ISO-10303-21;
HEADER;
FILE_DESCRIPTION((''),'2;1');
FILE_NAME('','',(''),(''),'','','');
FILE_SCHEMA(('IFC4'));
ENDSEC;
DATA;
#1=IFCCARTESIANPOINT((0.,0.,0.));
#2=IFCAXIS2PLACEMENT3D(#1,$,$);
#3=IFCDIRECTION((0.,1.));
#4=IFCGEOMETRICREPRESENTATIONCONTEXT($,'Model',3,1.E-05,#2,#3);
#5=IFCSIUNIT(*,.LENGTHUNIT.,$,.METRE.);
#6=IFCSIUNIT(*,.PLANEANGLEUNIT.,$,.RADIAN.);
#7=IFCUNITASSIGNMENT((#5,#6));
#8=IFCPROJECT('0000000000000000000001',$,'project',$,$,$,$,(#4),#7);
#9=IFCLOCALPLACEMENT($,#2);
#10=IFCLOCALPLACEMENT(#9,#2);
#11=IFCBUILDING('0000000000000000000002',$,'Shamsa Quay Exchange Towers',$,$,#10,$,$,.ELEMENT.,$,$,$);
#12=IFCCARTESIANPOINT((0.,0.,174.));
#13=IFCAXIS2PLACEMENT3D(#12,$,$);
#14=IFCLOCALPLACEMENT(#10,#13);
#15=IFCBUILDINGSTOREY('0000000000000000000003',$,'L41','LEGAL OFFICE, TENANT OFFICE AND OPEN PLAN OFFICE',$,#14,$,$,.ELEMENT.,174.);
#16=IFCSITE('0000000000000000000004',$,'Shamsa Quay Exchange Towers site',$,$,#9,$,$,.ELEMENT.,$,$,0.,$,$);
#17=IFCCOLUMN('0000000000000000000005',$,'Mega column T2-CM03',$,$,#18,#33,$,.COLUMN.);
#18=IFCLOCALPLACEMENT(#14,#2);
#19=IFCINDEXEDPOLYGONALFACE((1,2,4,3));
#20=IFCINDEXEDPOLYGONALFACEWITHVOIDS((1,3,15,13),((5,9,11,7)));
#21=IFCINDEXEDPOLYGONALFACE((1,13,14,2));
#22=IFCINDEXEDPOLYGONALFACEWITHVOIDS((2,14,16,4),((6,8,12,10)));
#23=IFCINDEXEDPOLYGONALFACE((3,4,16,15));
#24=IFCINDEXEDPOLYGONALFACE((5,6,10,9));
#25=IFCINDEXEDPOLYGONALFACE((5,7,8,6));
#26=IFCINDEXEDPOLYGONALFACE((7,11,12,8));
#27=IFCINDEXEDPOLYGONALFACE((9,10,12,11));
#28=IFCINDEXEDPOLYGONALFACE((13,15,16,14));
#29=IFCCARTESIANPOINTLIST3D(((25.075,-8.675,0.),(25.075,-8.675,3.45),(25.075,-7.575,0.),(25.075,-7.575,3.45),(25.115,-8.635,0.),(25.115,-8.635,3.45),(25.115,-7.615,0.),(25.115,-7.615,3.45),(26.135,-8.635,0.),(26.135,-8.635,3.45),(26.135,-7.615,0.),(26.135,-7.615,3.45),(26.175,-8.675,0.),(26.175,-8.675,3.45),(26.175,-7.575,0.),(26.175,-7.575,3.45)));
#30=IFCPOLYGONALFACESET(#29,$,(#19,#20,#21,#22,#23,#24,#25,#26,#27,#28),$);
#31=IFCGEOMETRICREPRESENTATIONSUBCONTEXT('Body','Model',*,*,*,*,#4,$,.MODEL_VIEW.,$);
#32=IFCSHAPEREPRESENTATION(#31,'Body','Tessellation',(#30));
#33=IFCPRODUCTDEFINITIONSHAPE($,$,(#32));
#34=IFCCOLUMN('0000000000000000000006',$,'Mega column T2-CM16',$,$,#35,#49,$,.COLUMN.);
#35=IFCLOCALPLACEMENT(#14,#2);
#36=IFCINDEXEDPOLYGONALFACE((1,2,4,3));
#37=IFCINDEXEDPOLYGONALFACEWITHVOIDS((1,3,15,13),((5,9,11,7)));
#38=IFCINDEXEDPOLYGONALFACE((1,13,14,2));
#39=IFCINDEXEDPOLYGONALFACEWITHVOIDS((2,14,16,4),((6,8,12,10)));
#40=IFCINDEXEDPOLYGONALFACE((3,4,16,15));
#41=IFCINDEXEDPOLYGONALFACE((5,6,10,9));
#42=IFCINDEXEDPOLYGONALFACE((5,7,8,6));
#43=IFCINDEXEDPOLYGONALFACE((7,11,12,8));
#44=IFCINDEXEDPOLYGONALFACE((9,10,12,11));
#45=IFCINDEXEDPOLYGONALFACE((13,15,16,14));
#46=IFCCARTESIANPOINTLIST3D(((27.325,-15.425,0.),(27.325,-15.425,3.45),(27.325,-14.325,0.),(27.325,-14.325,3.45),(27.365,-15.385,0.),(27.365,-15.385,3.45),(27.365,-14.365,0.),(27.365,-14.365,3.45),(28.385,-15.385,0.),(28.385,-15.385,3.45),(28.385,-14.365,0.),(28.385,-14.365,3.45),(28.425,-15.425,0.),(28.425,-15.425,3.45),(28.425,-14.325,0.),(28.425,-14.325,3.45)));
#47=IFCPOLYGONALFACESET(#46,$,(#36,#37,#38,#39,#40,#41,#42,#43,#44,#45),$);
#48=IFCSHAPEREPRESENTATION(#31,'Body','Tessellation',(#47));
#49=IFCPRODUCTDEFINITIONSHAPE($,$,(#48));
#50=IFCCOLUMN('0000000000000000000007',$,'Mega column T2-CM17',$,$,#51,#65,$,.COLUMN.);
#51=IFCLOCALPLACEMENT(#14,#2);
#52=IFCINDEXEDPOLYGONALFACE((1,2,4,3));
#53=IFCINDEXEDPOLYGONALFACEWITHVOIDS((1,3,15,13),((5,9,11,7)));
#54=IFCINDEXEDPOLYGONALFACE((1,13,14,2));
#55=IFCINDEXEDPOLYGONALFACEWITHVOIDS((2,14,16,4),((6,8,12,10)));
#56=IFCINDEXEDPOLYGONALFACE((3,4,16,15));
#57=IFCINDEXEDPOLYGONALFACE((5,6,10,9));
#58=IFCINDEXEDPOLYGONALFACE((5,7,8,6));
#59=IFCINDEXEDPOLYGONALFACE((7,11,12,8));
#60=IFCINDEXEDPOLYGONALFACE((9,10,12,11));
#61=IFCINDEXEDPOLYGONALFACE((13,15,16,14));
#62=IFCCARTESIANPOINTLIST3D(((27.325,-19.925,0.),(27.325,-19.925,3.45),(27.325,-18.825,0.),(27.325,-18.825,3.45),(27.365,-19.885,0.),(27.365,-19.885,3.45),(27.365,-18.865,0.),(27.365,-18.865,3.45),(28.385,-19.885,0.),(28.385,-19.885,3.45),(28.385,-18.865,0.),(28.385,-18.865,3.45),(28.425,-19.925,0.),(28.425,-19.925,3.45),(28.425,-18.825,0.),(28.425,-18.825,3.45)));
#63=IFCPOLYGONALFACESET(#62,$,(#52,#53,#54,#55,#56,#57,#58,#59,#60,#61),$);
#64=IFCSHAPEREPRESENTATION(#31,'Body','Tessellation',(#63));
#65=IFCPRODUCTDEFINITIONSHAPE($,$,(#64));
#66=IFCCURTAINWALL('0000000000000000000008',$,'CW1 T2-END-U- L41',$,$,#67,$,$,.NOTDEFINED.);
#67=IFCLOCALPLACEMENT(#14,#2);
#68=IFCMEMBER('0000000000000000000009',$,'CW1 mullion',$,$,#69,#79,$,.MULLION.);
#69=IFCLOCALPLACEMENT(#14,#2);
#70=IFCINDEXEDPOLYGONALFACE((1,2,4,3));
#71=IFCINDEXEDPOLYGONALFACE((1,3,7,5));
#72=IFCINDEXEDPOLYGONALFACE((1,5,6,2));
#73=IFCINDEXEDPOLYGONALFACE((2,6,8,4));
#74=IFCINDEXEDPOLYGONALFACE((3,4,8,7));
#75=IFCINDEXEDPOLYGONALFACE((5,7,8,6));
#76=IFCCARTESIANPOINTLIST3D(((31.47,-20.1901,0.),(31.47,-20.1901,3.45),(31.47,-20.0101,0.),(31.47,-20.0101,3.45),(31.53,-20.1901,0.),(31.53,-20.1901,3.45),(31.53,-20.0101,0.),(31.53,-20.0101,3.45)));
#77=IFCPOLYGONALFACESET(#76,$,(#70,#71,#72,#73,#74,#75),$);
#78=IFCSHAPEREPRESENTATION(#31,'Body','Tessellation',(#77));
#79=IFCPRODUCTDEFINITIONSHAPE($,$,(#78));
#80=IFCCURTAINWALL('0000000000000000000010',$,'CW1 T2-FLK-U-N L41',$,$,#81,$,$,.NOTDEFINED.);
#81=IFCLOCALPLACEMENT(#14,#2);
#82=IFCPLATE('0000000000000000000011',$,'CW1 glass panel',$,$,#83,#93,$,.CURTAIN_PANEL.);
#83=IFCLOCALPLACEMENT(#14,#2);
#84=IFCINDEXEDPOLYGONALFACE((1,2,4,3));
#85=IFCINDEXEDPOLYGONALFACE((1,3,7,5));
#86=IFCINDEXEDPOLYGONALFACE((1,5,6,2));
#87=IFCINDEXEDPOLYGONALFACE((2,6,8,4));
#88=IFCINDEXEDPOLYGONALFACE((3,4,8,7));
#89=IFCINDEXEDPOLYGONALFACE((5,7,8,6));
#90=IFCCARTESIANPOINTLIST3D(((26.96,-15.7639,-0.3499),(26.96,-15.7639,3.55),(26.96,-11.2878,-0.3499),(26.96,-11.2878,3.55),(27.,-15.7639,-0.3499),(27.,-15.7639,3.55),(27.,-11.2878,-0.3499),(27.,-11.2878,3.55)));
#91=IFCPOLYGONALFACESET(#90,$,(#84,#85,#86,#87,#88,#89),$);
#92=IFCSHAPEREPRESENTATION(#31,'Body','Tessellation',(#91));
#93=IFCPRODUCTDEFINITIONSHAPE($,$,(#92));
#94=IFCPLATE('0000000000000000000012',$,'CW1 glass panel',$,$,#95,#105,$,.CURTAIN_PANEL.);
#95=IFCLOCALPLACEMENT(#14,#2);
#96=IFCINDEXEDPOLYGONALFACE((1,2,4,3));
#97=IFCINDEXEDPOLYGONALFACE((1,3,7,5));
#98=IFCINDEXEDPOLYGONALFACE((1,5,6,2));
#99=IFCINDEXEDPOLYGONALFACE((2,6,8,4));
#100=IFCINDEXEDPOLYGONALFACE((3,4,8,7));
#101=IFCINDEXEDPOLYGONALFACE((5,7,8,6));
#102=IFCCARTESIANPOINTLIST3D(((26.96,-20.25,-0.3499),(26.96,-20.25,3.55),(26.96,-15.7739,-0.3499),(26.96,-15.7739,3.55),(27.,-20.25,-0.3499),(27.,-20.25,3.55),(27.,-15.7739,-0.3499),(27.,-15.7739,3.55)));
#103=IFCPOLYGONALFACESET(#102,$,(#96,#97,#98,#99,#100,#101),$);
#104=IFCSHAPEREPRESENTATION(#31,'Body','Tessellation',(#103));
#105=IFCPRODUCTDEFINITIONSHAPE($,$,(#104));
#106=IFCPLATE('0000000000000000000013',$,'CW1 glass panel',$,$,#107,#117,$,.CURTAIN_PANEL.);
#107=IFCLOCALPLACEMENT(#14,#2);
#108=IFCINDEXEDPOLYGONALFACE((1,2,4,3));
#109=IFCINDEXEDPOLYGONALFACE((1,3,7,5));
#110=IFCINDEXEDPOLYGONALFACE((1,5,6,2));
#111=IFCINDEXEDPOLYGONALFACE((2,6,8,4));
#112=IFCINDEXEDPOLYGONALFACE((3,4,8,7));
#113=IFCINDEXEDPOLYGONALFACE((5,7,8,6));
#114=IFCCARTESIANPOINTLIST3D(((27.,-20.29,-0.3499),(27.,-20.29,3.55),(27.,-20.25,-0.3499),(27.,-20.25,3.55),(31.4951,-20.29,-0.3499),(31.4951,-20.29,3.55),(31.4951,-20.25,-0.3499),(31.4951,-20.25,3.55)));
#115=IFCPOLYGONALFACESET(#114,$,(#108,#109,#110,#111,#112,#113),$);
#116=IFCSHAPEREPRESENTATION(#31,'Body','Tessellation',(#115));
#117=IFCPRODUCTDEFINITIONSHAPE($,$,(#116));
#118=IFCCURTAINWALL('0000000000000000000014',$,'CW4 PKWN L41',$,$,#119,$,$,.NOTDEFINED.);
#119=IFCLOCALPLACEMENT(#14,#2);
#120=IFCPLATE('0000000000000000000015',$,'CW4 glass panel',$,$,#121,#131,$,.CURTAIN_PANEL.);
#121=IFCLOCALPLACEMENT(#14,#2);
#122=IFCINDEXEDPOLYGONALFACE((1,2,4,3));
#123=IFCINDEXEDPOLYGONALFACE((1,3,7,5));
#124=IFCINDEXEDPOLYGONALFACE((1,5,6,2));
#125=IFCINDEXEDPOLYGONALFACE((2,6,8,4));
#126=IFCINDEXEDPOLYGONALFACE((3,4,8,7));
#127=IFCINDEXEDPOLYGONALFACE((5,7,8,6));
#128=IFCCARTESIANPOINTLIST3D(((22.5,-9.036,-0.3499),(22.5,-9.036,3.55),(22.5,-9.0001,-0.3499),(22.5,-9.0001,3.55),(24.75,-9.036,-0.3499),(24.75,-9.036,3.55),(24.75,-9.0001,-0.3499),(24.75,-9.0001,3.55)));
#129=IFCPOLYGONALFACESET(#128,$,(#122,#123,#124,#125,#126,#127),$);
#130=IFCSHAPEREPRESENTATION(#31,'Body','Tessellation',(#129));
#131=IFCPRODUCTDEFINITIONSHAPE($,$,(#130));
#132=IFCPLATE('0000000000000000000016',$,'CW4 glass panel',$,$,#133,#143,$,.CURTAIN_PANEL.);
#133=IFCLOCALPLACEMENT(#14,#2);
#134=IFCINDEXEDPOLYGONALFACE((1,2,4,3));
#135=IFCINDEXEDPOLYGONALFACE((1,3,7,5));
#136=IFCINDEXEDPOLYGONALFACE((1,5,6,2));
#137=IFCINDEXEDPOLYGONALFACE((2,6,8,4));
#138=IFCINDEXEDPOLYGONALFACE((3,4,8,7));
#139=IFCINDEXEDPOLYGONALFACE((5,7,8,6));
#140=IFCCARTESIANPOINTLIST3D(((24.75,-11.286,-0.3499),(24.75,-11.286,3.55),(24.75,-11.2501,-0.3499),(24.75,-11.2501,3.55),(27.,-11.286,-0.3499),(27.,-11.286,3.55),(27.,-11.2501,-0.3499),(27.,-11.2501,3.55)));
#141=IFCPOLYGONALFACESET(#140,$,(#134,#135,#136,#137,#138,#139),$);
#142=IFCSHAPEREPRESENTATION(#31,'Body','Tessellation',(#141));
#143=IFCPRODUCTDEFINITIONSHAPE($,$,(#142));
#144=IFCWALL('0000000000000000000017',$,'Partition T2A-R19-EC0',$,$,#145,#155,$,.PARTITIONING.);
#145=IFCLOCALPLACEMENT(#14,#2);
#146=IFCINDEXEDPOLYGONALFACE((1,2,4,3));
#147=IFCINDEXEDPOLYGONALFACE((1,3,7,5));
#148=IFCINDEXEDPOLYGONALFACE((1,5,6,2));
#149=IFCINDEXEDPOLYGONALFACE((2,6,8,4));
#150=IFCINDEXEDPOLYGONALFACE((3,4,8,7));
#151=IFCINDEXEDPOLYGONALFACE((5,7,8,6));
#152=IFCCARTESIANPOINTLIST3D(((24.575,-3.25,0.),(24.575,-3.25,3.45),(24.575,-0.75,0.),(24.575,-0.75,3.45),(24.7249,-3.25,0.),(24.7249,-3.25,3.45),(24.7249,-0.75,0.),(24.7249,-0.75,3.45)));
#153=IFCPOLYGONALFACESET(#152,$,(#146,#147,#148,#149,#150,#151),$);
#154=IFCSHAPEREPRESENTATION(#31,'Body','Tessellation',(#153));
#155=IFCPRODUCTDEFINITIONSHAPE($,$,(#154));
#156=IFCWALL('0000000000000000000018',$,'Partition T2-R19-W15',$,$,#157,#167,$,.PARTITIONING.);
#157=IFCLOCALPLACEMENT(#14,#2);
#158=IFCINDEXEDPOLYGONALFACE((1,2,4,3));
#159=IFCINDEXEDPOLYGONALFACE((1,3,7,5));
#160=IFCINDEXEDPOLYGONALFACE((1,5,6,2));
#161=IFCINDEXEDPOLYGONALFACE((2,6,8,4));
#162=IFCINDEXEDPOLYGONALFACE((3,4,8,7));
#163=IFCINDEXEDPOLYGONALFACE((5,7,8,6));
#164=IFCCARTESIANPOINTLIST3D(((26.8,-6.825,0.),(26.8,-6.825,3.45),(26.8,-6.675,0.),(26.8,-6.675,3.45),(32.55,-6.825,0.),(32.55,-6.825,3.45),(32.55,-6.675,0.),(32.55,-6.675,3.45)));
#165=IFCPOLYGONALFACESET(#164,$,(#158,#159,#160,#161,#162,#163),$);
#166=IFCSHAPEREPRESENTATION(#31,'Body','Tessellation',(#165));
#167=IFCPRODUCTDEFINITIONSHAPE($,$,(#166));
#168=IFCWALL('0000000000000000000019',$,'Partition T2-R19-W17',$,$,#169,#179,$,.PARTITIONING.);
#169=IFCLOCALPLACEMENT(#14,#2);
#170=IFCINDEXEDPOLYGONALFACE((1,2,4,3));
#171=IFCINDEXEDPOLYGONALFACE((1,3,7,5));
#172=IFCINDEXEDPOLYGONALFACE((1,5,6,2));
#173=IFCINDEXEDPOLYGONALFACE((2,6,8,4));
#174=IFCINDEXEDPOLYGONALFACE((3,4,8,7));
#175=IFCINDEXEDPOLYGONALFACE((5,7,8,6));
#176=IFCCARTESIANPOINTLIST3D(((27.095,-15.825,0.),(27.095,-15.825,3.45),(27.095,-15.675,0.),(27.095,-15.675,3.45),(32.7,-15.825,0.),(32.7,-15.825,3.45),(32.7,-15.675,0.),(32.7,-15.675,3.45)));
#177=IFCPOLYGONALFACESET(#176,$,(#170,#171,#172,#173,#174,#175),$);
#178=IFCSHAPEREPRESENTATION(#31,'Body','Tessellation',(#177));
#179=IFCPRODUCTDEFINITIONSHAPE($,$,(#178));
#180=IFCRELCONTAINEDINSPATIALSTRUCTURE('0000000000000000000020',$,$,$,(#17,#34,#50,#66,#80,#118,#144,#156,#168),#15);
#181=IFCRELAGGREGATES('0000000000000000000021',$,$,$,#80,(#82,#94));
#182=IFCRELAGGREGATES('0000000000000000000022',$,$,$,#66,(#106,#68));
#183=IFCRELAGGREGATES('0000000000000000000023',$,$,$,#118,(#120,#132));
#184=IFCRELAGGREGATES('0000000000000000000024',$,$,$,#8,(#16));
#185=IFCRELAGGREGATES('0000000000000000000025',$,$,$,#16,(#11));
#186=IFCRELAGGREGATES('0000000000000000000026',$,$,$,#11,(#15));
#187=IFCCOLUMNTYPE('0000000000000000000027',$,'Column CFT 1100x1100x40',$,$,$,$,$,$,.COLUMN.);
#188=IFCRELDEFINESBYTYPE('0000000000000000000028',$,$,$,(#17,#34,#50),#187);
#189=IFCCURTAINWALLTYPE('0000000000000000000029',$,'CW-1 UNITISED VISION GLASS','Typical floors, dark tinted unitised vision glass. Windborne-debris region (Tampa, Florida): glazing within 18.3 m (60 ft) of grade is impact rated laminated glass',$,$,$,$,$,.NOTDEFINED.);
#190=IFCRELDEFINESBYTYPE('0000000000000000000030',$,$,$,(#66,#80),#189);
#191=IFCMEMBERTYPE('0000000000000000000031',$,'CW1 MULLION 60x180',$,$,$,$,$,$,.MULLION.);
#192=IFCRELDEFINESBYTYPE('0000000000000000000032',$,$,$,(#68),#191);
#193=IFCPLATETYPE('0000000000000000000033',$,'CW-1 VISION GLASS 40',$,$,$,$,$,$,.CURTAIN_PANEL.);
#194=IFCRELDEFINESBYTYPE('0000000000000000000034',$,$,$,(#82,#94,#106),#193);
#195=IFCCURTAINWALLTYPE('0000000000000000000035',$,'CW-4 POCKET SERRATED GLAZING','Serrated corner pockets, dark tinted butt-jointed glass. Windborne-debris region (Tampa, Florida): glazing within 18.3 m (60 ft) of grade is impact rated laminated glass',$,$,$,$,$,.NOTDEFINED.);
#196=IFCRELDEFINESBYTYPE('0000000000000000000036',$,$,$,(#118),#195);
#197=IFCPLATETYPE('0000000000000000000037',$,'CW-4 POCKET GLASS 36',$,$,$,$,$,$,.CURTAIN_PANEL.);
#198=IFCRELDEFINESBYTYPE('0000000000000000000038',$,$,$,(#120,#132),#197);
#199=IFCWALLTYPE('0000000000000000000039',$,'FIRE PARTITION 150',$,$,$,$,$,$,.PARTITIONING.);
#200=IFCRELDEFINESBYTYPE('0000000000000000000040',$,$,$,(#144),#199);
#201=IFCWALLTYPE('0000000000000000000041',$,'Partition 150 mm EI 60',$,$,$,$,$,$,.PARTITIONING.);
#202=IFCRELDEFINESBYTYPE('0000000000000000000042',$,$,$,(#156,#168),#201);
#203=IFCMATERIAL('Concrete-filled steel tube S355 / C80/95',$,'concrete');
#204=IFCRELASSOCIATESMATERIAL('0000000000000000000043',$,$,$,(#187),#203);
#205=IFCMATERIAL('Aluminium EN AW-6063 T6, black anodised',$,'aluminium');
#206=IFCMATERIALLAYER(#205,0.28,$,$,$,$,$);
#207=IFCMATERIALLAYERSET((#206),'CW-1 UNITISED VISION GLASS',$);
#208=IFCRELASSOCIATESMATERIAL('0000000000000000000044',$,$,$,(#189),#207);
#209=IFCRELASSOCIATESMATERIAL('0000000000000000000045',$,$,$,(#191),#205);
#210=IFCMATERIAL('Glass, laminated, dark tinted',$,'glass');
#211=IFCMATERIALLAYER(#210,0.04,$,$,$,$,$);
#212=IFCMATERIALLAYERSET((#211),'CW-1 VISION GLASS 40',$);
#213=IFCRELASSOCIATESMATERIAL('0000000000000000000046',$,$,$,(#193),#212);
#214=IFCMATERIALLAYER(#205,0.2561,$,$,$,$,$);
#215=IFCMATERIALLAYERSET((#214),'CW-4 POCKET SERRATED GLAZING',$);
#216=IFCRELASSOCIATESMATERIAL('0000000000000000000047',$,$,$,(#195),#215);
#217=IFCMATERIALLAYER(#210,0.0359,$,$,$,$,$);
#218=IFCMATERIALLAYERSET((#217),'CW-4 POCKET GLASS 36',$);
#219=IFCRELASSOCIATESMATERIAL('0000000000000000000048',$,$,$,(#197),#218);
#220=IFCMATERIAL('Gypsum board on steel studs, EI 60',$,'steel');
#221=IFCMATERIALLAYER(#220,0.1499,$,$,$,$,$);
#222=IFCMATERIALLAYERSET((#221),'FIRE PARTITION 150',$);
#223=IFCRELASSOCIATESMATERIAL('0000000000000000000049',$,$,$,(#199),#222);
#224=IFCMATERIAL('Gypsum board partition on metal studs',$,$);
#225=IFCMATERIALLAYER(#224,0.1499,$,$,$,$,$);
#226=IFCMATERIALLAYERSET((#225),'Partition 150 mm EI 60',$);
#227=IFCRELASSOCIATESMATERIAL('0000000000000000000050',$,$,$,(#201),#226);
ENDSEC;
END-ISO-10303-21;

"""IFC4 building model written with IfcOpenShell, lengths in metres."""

from ifc_helpers import new_model, si_unit, direction, frame, frame_2d, origin, origin_2d, place, context, subcontext, project, spatial, rectangle, hollow_rectangle, extrude, material, layer, layer_set, material_profile, profile_set, type_object, element, aggregate, save


model = new_model("IFC4")

# Units and contexts
model_context = context("Model", 3, precision=1e-05, world=origin(), true_north=direction((0.0, 1.0)))
body_context = subcontext(model_context, "Body", "Model", "MODEL_VIEW")
ifc_project = project(units=[si_unit("LENGTHUNIT", "METRE"), si_unit("PLANEANGLEUNIT", "RADIAN")], contexts=[model_context])

# Site, building, storey
site_placement = place(None, origin())
site = spatial("IfcSite", under=ifc_project, at=site_placement, Name="Shamsa Quay Exchange Towers site", CompositionType="ELEMENT", RefElevation=0.0)
building_placement = place(site_placement, origin())
building = spatial("IfcBuilding", under=site, at=building_placement, Name="Shamsa Quay Exchange Towers", CompositionType="ELEMENT")
storey_placement = place(building_placement, frame((0.0, 0.0, 174.0)))
storey = spatial("IfcBuildingStorey", under=building, at=storey_placement, Name="L41", Description="LEGAL OFFICE, TENANT OFFICE AND OPEN PLAN OFFICE", CompositionType="ELEMENT", Elevation=174.0)

# Columns
ifc_material_1 = material(Name="Concrete-filled steel tube S355 / C80/95", Category="concrete")
ifc_material_profile_1 = material_profile(ifc_material_1, hollow_rectangle(XDim=1.1001, YDim=1.1001, WallThickness=0.04, at=origin_2d()), Name="CFT 1100x1100x40")
ifc_profile_set_1 = profile_set([ifc_material_profile_1], Name="Concrete-filled steel tube S355 / C80/95")
column_type = type_object("IfcColumnType", Name="Column CFT 1100x1100x40", PredefinedType="COLUMN", material=ifc_profile_set_1)
for number, where, name in (
    (1, (25.625, -8.125, 0.0), "Mega column T2-CM03"),
    (2, (27.875, -14.875, 0.0), "Mega column T2-CM16"),
    (3, (27.875, -19.375, 0.0), "Mega column T2-CM17"),
):
    element("IfcColumn", number, at=place(storey_placement, frame(where)), inside=storey, type_object=column_type, Name=name, PredefinedType="COLUMN", context=body_context, shape_type="SweptSolid", body=[
        extrude(hollow_rectangle(XDim=1.1001, YDim=1.1001, WallThickness=0.04, at=origin_2d()), origin(), (0.0, 0.0, 1.0), 3.45),
    ])

# Curtain wall, member
ifc_material_2 = material(Name="Aluminium EN AW-6063 T6, black anodised", Category="aluminium")
ifc_layer_1 = layer(ifc_material_2, 0.28)
ifc_layer_set_1 = layer_set([ifc_layer_1], Name="CW-1 UNITISED VISION GLASS")
curtain_wall_type_1 = type_object("IfcCurtainWallType", Name="CW-1 UNITISED VISION GLASS", Description="Typical floors, dark tinted unitised vision glass. Windborne-debris region (Tampa, Florida): glazing within 18.3 m (60 ft) of grade is impact rated laminated glass", PredefinedType="NOTDEFINED", material=ifc_layer_set_1)
curtain_wall_1_placement = place(storey_placement, origin())
curtain_wall_1 = element("IfcCurtainWall", 4, at=curtain_wall_1_placement, inside=storey, type_object=curtain_wall_type_1, Name="CW1 T2-END-U- L41", PredefinedType="NOTDEFINED")
ifc_material_profile_2 = material_profile(ifc_material_2, rectangle(XDim=0.1799, YDim=0.0601, at=origin_2d()), Name="MU60x180")
ifc_profile_set_2 = profile_set([ifc_material_profile_2], Name="Aluminium EN AW-6063 T6, black anodised")
member_type = type_object("IfcMemberType", Name="CW1 MULLION 60x180", PredefinedType="MULLION", material=ifc_profile_set_2)
member_placement = place(storey_placement, frame((31.5, -20.1001, 0.0), z_axis=(0.0, 0.0, 1.0), x_axis=(0.0, 1.0, 0.0)))
member = element("IfcMember", 5, at=member_placement, type_object=member_type, Name="CW1 mullion", PredefinedType="MULLION", context=body_context, shape_type="SweptSolid", body=[
    extrude(rectangle(XDim=0.1799, YDim=0.0601, at=origin_2d()), origin(), (0.0, 0.0, 1.0), 3.45),
])

# Curtain wall, plates
curtain_wall_2_placement = place(storey_placement, origin())
curtain_wall_2 = element("IfcCurtainWall", 6, at=curtain_wall_2_placement, inside=storey, type_object=curtain_wall_type_1, Name="CW1 T2-FLK-U-N L41", PredefinedType="NOTDEFINED")
ifc_material_3 = material(Name="Glass, laminated, dark tinted", Category="glass")
ifc_layer_2 = layer(ifc_material_3, 0.04)
ifc_layer_set_2 = layer_set([ifc_layer_2], Name="CW-1 VISION GLASS 40")
plate_type_1 = type_object("IfcPlateType", Name="CW-1 VISION GLASS 40", PredefinedType="CURTAIN_PANEL", material=ifc_layer_set_2)
plate_1_placement = place(storey_placement, frame((26.98, -13.5259, -0.3499), z_axis=(0.0, 0.0, 1.0), x_axis=(0.0, -1.0, 0.0)))
plate_1 = element("IfcPlate", 7, at=plate_1_placement, type_object=plate_type_1, Name="CW1 glass panel", PredefinedType="CURTAIN_PANEL", context=body_context, shape_type="SweptSolid", body=[
    extrude(rectangle(XDim=4.4761, YDim=0.04, at=origin_2d()), origin(), (0.0, 0.0, 1.0), 3.8999),
])
plate_2_placement = place(storey_placement, frame((26.98, -18.012, -0.3499), z_axis=(0.0, 0.0, 1.0), x_axis=(0.0, -1.0, 0.0)))
plate_2 = element("IfcPlate", 8, at=plate_2_placement, type_object=plate_type_1, Name="CW1 glass panel", PredefinedType="CURTAIN_PANEL", context=body_context, shape_type="SweptSolid", body=[
    extrude(rectangle(XDim=4.4761, YDim=0.04, at=origin_2d()), origin(), (0.0, 0.0, 1.0), 3.8999),
])
aggregate(curtain_wall_2, [plate_1, plate_2])

# Plate
plate_3_placement = place(storey_placement, frame((29.2476, -20.27, -0.3499)))
plate_3 = element("IfcPlate", 9, at=plate_3_placement, type_object=plate_type_1, Name="CW1 glass panel", PredefinedType="CURTAIN_PANEL", context=body_context, shape_type="SweptSolid", body=[
    extrude(rectangle(XDim=4.4951, YDim=0.04, at=origin_2d()), origin(), (0.0, 0.0, 1.0), 3.8999),
])
aggregate(curtain_wall_1, [plate_3, member])

# Curtain wall, plates
ifc_layer_3 = layer(ifc_material_2, 0.2561)
ifc_layer_set_3 = layer_set([ifc_layer_3], Name="CW-4 POCKET SERRATED GLAZING")
curtain_wall_type_2 = type_object("IfcCurtainWallType", Name="CW-4 POCKET SERRATED GLAZING", Description="Serrated corner pockets, dark tinted butt-jointed glass. Windborne-debris region (Tampa, Florida): glazing within 18.3 m (60 ft) of grade is impact rated laminated glass", PredefinedType="NOTDEFINED", material=ifc_layer_set_3)
curtain_wall_3_placement = place(storey_placement, origin())
curtain_wall_3 = element("IfcCurtainWall", 10, at=curtain_wall_3_placement, inside=storey, type_object=curtain_wall_type_2, Name="CW4 PKWN L41", PredefinedType="NOTDEFINED")
ifc_layer_4 = layer(ifc_material_3, 0.0359)
ifc_layer_set_4 = layer_set([ifc_layer_4], Name="CW-4 POCKET GLASS 36")
plate_type_2 = type_object("IfcPlateType", Name="CW-4 POCKET GLASS 36", PredefinedType="CURTAIN_PANEL", material=ifc_layer_set_4)
plate_4_placement = place(storey_placement, frame((23.625, -9.0181, -0.3499)))
plate_4 = element("IfcPlate", 11, at=plate_4_placement, type_object=plate_type_2, Name="CW4 glass panel", PredefinedType="CURTAIN_PANEL", context=body_context, shape_type="SweptSolid", body=[
    extrude(rectangle(XDim=2.25, YDim=0.0359, at=origin_2d()), origin(), (0.0, 0.0, 1.0), 3.8999),
])
plate_5_placement = place(storey_placement, frame((25.875, -11.2681, -0.3499)))
plate_5 = element("IfcPlate", 12, at=plate_5_placement, type_object=plate_type_2, Name="CW4 glass panel", PredefinedType="CURTAIN_PANEL", context=body_context, shape_type="SweptSolid", body=[
    extrude(rectangle(XDim=2.25, YDim=0.0359, at=origin_2d()), origin(), (0.0, 0.0, 1.0), 3.8999),
])
aggregate(curtain_wall_3, [plate_4, plate_5])

# Walls
ifc_material_4 = material(Name="Gypsum board on steel studs, EI 60", Category="steel")
ifc_layer_5 = layer(ifc_material_4, 0.1499)
ifc_layer_set_5 = layer_set([ifc_layer_5], Name="FIRE PARTITION 150")
wall_type_1 = type_object("IfcWallType", Name="FIRE PARTITION 150", PredefinedType="PARTITIONING", material=ifc_layer_set_5)
wall_1_placement = place(storey_placement, frame((24.6499, -3.25, 0.0), z_axis=(0.0, 0.0, 1.0), x_axis=(0.0, 1.0, 0.0)))
element("IfcWall", 13, at=wall_1_placement, inside=storey, type_object=wall_type_1, Name="Partition T2A-R19-EC0", PredefinedType="PARTITIONING", context=body_context, shape_type="SweptSolid", body=[
    extrude(rectangle(XDim=2.5, YDim=0.1499, at=frame_2d((1.25, 0.0))), origin(), (0.0, 0.0, 1.0), 3.45),
])
ifc_material_5 = material(Name="Gypsum board partition on metal studs")
ifc_layer_6 = layer(ifc_material_5, 0.1499)
ifc_layer_set_6 = layer_set([ifc_layer_6], Name="Partition 150 mm EI 60")
wall_type_2 = type_object("IfcWallType", Name="Partition 150 mm EI 60", PredefinedType="PARTITIONING", material=ifc_layer_set_6)
wall_2_placement = place(storey_placement, frame((26.8, -6.75, 0.0)))
element("IfcWall", 14, at=wall_2_placement, inside=storey, type_object=wall_type_2, Name="Partition T2-R19-W15", PredefinedType="PARTITIONING", context=body_context, shape_type="SweptSolid", body=[
    extrude(rectangle(XDim=5.75, YDim=0.1499, at=frame_2d((2.875, 0.0))), origin(), (0.0, 0.0, 1.0), 3.45),
])
wall_3_placement = place(storey_placement, frame((27.095, -15.75, 0.0)))
element("IfcWall", 15, at=wall_3_placement, inside=storey, type_object=wall_type_2, Name="Partition T2-R19-W17", PredefinedType="PARTITIONING", context=body_context, shape_type="SweptSolid", body=[
    extrude(rectangle(XDim=5.605, YDim=0.1499, at=frame_2d((2.8025, 0.0))), origin(), (0.0, 0.0, 1.0), 3.45),
])

save(model, "model.ifc")
